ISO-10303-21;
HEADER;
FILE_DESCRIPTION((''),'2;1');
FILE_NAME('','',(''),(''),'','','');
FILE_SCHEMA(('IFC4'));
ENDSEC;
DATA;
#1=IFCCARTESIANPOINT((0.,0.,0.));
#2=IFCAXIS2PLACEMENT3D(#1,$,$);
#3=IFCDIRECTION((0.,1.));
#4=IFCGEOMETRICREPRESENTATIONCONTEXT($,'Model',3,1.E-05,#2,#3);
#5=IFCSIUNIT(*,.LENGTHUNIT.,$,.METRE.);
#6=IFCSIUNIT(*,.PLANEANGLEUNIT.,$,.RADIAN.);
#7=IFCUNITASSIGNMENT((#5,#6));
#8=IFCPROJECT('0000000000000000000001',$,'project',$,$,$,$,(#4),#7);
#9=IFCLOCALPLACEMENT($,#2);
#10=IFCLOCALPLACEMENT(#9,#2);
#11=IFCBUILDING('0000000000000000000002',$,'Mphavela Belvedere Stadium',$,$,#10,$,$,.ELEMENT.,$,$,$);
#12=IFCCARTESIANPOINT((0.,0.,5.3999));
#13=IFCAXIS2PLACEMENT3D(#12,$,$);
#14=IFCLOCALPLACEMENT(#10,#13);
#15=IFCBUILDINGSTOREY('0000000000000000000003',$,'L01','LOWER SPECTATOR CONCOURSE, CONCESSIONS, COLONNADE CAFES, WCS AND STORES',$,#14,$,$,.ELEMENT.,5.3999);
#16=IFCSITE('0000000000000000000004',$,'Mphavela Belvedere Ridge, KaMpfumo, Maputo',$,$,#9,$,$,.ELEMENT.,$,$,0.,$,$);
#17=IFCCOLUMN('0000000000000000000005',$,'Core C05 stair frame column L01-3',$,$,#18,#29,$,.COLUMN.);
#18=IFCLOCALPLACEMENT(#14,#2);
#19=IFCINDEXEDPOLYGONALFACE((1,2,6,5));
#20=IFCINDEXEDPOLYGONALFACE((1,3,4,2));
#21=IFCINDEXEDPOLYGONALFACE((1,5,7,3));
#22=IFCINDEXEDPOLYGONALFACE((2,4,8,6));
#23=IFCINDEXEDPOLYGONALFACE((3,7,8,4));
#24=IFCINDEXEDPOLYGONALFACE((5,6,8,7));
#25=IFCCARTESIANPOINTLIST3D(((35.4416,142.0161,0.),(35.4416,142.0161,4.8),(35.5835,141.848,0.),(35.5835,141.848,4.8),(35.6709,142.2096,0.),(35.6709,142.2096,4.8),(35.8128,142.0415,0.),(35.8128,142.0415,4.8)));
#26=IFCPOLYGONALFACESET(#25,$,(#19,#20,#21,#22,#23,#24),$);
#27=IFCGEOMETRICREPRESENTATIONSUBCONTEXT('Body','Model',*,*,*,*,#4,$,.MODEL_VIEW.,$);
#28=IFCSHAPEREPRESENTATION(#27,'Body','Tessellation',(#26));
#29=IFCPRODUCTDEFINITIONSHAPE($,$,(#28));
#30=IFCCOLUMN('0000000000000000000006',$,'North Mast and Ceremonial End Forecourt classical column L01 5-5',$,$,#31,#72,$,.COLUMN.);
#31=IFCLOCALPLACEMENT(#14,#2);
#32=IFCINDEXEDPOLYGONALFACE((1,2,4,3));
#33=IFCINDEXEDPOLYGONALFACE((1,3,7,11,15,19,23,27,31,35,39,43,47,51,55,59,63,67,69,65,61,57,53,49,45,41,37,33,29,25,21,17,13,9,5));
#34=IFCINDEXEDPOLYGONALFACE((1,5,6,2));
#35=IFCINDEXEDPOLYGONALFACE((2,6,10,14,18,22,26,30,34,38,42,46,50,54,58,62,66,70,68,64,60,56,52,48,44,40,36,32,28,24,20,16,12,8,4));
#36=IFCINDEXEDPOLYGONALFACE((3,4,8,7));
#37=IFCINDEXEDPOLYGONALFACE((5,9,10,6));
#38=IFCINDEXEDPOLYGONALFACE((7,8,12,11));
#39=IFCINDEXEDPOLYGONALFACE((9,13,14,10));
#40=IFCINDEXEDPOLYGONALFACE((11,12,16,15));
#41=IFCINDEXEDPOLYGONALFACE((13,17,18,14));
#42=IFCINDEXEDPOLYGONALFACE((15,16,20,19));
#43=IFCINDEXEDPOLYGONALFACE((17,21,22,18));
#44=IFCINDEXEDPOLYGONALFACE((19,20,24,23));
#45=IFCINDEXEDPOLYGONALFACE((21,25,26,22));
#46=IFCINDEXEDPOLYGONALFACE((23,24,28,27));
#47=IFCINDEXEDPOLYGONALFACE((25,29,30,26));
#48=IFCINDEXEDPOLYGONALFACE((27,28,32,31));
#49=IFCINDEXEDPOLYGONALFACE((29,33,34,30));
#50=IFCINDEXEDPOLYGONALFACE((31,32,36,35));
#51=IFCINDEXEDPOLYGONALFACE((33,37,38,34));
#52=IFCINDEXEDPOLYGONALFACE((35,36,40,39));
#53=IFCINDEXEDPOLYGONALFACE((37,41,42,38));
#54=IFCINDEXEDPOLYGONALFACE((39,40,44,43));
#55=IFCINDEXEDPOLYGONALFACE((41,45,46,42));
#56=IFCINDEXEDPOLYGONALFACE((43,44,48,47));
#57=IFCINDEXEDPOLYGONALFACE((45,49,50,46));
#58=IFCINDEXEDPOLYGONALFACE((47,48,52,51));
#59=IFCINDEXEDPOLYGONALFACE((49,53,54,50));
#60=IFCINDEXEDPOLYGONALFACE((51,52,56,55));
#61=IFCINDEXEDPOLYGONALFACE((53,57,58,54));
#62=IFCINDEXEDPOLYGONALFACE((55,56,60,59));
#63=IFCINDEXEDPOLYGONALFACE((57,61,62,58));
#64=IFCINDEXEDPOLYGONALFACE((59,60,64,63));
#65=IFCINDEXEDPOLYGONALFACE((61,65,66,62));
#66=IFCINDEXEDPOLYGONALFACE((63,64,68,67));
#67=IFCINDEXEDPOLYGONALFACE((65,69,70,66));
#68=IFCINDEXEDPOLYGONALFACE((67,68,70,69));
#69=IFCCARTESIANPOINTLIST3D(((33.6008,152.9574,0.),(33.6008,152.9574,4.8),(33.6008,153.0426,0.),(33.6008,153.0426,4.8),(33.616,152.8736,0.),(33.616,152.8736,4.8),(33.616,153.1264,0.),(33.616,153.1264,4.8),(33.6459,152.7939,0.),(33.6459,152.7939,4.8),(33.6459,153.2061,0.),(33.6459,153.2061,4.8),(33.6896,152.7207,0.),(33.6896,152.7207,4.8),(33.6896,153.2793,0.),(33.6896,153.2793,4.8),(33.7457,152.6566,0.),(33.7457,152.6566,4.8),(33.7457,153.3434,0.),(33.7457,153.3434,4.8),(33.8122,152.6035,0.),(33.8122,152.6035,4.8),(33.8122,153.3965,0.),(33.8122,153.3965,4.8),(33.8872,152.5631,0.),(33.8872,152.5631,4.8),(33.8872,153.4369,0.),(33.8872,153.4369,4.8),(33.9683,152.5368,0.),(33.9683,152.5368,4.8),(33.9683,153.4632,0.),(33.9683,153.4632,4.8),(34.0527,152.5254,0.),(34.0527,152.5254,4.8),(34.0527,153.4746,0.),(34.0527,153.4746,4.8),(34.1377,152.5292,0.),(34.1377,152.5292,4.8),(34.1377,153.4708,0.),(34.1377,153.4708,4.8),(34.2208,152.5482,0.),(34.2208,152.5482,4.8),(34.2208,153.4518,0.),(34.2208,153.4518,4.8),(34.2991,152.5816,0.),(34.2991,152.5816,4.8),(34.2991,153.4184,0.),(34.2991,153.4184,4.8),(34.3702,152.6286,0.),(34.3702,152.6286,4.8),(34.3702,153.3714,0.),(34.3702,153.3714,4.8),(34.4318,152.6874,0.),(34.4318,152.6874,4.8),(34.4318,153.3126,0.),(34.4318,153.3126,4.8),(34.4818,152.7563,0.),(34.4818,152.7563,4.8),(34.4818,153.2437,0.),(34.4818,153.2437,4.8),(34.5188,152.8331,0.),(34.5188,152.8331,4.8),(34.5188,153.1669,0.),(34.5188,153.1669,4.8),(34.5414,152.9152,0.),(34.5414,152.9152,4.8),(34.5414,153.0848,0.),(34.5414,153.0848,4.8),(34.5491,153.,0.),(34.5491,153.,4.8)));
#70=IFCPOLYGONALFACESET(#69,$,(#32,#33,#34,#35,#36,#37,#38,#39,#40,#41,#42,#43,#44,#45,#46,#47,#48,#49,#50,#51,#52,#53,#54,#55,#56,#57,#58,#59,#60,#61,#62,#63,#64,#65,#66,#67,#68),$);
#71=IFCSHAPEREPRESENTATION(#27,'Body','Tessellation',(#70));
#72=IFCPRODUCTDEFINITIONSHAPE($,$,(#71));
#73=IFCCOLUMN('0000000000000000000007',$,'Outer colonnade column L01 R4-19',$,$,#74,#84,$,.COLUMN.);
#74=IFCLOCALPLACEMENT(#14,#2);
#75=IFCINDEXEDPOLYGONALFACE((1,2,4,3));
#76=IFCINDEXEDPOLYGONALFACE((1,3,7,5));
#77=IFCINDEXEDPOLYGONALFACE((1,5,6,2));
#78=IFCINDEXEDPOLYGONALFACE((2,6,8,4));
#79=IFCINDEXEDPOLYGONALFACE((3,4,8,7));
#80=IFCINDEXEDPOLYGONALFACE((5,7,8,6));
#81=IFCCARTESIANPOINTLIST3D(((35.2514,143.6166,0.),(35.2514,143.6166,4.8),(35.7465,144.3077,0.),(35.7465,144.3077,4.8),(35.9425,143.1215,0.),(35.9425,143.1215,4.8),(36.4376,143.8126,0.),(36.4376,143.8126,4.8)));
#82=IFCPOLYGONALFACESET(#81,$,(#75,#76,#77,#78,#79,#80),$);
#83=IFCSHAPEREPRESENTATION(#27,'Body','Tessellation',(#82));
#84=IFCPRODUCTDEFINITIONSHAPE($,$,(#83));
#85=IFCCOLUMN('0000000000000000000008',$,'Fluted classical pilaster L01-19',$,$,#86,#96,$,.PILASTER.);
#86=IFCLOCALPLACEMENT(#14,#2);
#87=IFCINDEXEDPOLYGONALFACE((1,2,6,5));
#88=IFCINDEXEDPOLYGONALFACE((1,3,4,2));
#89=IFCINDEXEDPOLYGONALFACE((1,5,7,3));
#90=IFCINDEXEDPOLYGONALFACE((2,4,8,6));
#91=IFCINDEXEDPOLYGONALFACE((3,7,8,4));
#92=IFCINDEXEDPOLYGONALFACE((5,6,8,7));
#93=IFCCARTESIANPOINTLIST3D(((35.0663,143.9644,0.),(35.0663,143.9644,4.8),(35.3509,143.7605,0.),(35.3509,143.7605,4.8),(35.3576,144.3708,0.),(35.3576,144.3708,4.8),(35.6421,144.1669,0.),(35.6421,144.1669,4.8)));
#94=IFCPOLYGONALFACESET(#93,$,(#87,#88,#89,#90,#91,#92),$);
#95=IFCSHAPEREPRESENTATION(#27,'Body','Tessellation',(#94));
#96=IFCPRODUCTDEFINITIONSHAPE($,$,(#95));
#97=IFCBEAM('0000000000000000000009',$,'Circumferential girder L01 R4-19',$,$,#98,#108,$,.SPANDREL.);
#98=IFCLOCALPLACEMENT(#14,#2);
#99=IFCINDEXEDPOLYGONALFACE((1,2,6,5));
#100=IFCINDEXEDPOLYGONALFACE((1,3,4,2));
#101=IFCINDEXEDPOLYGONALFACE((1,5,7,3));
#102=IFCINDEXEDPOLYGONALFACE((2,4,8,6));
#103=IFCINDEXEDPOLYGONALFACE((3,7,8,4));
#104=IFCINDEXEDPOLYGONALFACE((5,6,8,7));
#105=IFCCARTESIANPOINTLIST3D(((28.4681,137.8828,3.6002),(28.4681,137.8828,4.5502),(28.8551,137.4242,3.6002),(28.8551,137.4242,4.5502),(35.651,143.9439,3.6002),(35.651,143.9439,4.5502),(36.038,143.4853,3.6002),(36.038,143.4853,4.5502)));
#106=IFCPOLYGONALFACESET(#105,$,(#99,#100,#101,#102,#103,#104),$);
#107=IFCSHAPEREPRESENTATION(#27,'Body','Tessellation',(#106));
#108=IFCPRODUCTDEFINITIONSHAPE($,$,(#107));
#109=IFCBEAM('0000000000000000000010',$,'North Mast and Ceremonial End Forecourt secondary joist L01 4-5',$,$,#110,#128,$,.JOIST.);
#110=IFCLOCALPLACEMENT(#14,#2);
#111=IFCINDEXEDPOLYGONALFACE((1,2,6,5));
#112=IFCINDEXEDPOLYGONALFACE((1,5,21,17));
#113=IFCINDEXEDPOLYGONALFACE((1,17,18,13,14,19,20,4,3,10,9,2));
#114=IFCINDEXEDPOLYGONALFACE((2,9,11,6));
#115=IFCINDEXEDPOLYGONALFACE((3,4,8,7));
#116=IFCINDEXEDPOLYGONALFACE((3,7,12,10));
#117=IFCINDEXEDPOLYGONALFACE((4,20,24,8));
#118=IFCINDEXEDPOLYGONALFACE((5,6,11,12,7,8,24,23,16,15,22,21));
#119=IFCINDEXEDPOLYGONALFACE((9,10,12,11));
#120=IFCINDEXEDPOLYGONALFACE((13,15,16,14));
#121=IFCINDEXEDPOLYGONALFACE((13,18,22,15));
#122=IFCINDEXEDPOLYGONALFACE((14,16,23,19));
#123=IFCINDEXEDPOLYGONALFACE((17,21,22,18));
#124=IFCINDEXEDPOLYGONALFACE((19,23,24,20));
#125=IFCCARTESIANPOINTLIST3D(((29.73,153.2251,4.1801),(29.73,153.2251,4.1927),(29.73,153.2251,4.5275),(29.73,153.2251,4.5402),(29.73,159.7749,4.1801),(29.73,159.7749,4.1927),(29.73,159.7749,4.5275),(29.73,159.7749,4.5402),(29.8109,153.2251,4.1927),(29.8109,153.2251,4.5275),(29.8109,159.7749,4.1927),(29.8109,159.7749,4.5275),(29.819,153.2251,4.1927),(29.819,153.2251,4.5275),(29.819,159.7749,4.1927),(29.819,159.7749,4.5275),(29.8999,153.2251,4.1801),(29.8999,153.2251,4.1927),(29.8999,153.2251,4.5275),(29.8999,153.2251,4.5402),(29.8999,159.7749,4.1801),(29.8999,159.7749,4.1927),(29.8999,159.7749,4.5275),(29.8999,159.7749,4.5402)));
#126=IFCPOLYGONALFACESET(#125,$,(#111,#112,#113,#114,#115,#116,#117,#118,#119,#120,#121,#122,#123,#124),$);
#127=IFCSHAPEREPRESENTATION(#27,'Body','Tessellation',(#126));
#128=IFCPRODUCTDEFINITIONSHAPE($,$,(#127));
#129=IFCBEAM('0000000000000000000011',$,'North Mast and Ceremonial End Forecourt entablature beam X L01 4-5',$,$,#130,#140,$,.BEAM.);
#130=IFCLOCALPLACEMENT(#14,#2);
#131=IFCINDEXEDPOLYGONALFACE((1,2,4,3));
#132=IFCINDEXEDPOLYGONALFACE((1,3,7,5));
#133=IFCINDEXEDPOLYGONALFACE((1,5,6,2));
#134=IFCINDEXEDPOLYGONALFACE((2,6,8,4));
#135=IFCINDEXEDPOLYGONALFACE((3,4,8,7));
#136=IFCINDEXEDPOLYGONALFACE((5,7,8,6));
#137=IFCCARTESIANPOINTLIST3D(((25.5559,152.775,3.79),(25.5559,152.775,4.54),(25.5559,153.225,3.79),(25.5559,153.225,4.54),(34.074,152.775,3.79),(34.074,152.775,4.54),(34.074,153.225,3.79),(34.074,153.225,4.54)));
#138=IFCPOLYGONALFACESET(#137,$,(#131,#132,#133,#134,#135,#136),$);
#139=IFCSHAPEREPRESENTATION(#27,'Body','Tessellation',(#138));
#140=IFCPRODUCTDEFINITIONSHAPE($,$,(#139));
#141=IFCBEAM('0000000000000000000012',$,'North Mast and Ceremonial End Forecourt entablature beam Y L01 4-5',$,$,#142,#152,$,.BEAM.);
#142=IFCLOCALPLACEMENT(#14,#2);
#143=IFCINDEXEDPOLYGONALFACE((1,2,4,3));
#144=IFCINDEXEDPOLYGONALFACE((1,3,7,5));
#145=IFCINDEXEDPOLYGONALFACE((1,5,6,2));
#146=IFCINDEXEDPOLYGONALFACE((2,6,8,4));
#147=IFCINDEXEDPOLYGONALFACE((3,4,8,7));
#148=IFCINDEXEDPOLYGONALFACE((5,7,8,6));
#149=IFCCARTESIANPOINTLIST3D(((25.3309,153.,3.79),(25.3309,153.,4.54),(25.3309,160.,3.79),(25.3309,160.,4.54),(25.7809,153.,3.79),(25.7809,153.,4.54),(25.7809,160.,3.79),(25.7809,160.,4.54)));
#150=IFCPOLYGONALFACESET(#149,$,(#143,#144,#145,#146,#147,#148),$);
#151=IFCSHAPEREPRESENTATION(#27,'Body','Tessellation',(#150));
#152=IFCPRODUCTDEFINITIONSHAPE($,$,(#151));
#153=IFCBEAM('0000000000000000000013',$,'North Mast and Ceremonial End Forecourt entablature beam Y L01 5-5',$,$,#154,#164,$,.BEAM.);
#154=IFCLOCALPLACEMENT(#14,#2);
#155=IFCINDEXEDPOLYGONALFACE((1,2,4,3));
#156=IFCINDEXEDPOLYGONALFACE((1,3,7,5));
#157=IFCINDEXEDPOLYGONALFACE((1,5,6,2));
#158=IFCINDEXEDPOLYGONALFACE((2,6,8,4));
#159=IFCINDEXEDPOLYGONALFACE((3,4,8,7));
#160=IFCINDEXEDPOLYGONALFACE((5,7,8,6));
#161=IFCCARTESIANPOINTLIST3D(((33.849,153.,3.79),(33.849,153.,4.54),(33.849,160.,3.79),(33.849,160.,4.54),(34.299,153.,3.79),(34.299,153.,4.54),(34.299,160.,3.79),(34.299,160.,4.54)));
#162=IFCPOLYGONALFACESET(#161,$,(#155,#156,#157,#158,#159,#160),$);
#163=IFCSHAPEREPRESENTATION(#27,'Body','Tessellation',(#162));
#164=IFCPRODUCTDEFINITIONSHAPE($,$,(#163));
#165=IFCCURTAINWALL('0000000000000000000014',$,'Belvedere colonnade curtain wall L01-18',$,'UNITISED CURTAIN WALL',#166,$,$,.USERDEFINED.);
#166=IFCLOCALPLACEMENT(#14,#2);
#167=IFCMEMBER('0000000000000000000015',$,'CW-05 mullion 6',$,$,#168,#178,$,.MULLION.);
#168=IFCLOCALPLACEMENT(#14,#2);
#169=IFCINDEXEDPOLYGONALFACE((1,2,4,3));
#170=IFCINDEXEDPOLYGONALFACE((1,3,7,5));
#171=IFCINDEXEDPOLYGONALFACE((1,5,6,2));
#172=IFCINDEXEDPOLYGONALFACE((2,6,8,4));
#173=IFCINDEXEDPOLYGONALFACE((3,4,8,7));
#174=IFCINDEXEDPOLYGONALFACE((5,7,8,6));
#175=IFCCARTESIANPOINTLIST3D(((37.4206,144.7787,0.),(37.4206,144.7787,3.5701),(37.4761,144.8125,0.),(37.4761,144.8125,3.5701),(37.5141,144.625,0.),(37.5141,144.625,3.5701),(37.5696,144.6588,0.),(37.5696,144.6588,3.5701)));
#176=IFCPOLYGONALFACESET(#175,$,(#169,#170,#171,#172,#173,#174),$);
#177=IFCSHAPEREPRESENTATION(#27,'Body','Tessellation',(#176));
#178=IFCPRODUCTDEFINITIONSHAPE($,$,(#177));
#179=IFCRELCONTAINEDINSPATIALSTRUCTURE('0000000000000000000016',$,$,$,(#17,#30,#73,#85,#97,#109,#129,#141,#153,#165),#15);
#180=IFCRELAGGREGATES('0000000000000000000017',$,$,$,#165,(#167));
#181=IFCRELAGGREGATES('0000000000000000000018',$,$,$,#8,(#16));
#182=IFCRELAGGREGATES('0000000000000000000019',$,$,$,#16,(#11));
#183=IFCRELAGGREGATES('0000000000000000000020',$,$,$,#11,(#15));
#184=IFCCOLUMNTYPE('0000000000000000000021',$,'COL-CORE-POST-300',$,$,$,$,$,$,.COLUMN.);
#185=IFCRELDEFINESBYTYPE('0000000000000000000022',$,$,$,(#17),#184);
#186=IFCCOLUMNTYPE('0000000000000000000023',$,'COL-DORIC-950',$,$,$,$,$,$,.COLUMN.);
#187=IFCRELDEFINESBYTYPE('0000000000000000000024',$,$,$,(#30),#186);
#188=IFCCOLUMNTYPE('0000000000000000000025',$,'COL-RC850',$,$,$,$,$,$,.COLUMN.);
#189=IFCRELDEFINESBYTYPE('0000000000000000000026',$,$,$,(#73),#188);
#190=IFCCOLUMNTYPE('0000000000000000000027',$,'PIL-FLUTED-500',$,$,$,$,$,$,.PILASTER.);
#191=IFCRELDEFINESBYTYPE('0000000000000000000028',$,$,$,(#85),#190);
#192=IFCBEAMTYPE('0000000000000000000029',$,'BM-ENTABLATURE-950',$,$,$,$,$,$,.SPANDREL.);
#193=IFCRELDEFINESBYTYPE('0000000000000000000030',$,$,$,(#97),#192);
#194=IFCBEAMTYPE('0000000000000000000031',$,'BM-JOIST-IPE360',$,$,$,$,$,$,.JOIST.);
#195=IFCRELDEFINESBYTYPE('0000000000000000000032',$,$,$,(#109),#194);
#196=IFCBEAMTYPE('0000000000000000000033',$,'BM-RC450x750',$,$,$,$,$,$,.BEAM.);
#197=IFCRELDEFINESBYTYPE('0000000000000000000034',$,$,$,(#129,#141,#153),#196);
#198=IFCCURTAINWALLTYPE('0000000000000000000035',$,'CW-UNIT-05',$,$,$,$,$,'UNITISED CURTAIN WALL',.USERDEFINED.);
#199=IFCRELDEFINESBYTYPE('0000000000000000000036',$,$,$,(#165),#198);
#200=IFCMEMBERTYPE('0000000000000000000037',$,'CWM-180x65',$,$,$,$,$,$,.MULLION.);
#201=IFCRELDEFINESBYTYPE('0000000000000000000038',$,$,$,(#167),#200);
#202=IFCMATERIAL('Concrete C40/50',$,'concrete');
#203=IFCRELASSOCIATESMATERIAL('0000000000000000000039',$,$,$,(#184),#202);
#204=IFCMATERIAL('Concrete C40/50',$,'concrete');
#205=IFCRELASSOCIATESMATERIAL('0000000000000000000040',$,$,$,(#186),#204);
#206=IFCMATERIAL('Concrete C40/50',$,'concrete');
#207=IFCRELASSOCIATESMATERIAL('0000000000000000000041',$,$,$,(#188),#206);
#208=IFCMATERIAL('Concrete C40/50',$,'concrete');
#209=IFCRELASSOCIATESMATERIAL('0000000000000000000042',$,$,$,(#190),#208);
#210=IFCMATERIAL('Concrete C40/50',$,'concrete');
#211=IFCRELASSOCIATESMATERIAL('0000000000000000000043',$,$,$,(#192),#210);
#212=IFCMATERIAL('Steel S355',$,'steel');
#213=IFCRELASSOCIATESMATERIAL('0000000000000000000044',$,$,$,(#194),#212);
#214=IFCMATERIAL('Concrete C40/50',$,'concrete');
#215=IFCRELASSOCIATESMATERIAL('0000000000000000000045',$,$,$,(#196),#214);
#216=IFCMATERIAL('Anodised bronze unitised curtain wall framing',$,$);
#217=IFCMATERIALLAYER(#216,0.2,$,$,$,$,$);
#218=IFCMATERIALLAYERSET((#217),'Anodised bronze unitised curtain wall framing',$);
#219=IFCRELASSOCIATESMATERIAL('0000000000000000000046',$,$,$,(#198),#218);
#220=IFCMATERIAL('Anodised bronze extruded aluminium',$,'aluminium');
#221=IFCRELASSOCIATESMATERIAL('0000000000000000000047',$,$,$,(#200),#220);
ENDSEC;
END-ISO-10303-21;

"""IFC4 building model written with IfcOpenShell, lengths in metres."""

from ifc_helpers import new_model, si_unit, direction, frame, origin, origin_2d, place, context, subcontext, project, spatial, rectangle, circle, i_section, extrude, material, layer, layer_set, material_profile, profile_set, type_object, element, aggregate, save


model = new_model("IFC4")

# Units and contexts
model_context = context("Model", 3, precision=1e-05, world=origin(), true_north=direction((0.0, 1.0)))
body_context = subcontext(model_context, "Body", "Model", "MODEL_VIEW")
ifc_project = project(units=[si_unit("LENGTHUNIT", "METRE"), si_unit("PLANEANGLEUNIT", "RADIAN")], contexts=[model_context])

# Site, building, storey
site_placement = place(None, origin())
site = spatial("IfcSite", under=ifc_project, at=site_placement, Name="Mphavela Belvedere Ridge, KaMpfumo, Maputo", CompositionType="ELEMENT", RefElevation=0.0)
building_placement = place(site_placement, origin())
building = spatial("IfcBuilding", under=site, at=building_placement, Name="Mphavela Belvedere Stadium", CompositionType="ELEMENT")
storey_placement = place(building_placement, frame((0.0, 0.0, 5.3999)))
storey = spatial("IfcBuildingStorey", under=building, at=storey_placement, Name="L01", Description="LOWER SPECTATOR CONCOURSE, CONCESSIONS, COLONNADE CAFES, WCS AND STORES", CompositionType="ELEMENT", Elevation=5.3999)

# Columns
ifc_material_1 = material(Name="Concrete C40/50", Category="concrete")
ifc_material_profile_1 = material_profile(ifc_material_1, rectangle(XDim=0.3, YDim=0.22, at=origin_2d()), Name="RC 300x220")
ifc_profile_set_1 = profile_set([ifc_material_profile_1], Name="Concrete C40/50")
column_type_1 = type_object("IfcColumnType", Name="COL-CORE-POST-300", PredefinedType="COLUMN", material=ifc_profile_set_1)
column_1_placement = place(storey_placement, frame((35.6272, 142.0288, 0.0), z_axis=(0.0, 0.0, 1.0), x_axis=(0.764246, 0.644924, 0.0)))
element("IfcColumn", 1, at=column_1_placement, inside=storey, type_object=column_type_1, Name="Core C05 stair frame column L01-3", PredefinedType="COLUMN", context=body_context, shape_type="SweptSolid", body=[
    extrude(rectangle(XDim=0.3, YDim=0.22, at=origin_2d()), origin(), (0.0, 0.0, 1.0), 4.8),
])
ifc_material_2 = material(Name="Concrete C40/50", Category="concrete")
ifc_material_profile_2 = material_profile(ifc_material_2, circle(Radius=0.4751, at=origin_2d()), Name="COL D950")
ifc_profile_set_2 = profile_set([ifc_material_profile_2], Name="Concrete C40/50")
column_type_2 = type_object("IfcColumnType", Name="COL-DORIC-950", PredefinedType="COLUMN", material=ifc_profile_set_2)
column_2_placement = place(storey_placement, frame((34.074, 153.0, 0.0), z_axis=(0.0, 0.0, 1.0), x_axis=(1.0, 0.0, 0.0)))
element("IfcColumn", 2, at=column_2_placement, inside=storey, type_object=column_type_2, Name="North Mast and Ceremonial End Forecourt classical column L01 5-5", PredefinedType="COLUMN", context=body_context, shape_type="SweptSolid", body=[
    extrude(circle(Radius=0.4751, at=origin_2d()), origin(), (0.0, 0.0, 1.0), 4.8),
])
ifc_material_3 = material(Name="Concrete C40/50", Category="concrete")
ifc_material_profile_3 = material_profile(ifc_material_3, rectangle(XDim=0.8501, YDim=0.8501, at=origin_2d()), Name="RC 850x850")
ifc_profile_set_3 = profile_set([ifc_material_profile_3], Name="Concrete C40/50")
column_type_3 = type_object("IfcColumnType", Name="COL-RC850", PredefinedType="COLUMN", material=ifc_profile_set_3)
column_3_placement = place(storey_placement, frame((35.8445, 143.7146, 0.0), z_axis=(0.0, 0.0, 1.0), x_axis=(-0.812898, 0.582407, 0.0)))
element("IfcColumn", 3, at=column_3_placement, inside=storey, type_object=column_type_3, Name="Outer colonnade column L01 R4-19", PredefinedType="COLUMN", context=body_context, shape_type="SweptSolid", body=[
    extrude(rectangle(XDim=0.8501, YDim=0.8501, at=origin_2d()), origin(), (0.0, 0.0, 1.0), 4.8),
])
ifc_material_4 = material(Name="Concrete C40/50", Category="concrete")
ifc_material_profile_4 = material_profile(ifc_material_4, rectangle(XDim=0.5, YDim=0.3501, at=origin_2d()), Name="PIL 500x350")
ifc_profile_set_4 = profile_set([ifc_material_profile_4], Name="Concrete C40/50")
column_type_4 = type_object("IfcColumnType", Name="PIL-FLUTED-500", PredefinedType="PILASTER", material=ifc_profile_set_4)
column_4_placement = place(storey_placement, frame((35.3542, 144.0657, 0.0), z_axis=(0.0, 0.0, 1.0), x_axis=(-0.582407, -0.812898, 0.0)))
element("IfcColumn", 4, at=column_4_placement, inside=storey, type_object=column_type_4, Name="Fluted classical pilaster L01-19", PredefinedType="PILASTER", context=body_context, shape_type="SweptSolid", body=[
    extrude(rectangle(XDim=0.5, YDim=0.3501, at=origin_2d()), origin(), (0.0, 0.0, 1.0), 4.8),
])

# Beams
ifc_material_5 = material(Name="Concrete C40/50", Category="concrete")
ifc_material_profile_5 = material_profile(ifc_material_5, rectangle(XDim=0.6001, YDim=0.95, at=origin_2d()), Name="RC 600x950")
ifc_profile_set_5 = profile_set([ifc_material_profile_5], Name="Concrete C40/50")
beam_type_1 = type_object("IfcBeamType", Name="BM-ENTABLATURE-950", PredefinedType="SPANDREL", material=ifc_profile_set_5)
beam_1_placement = place(storey_placement, frame((35.8445, 143.7146, 4.0752), z_axis=(-0.764265, -0.644902, 0.0), x_axis=(0.644902, -0.764265, 0.0)))
element("IfcBeam", 5, at=beam_1_placement, inside=storey, type_object=beam_type_1, Name="Circumferential girder L01 R4-19", PredefinedType="SPANDREL", context=body_context, shape_type="SweptSolid", body=[
    extrude(rectangle(XDim=0.6001, YDim=0.95, at=origin_2d()), origin(), (0.0, 0.0, 1.0), 9.3984),
])
ifc_material_6 = material(Name="Steel S355", Category="steel")
ifc_material_profile_6 = material_profile(ifc_material_6, i_section(OverallWidth=0.1699, OverallDepth=0.3601, WebThickness=0.0081, FlangeThickness=0.0127, at=origin_2d()), Name="IPE 360")
ifc_profile_set_6 = profile_set([ifc_material_profile_6], Name="Steel S355")
beam_type_2 = type_object("IfcBeamType", Name="BM-JOIST-IPE360", PredefinedType="JOIST", material=ifc_profile_set_6)
beam_2_placement = place(storey_placement, frame((29.8149, 153.2251, 4.3601), z_axis=(0.0, 1.0, 0.0), x_axis=(-1.0, 0.0, 0.0)))
element("IfcBeam", 6, at=beam_2_placement, inside=storey, type_object=beam_type_2, Name="North Mast and Ceremonial End Forecourt secondary joist L01 4-5", PredefinedType="JOIST", context=body_context, shape_type="SweptSolid", body=[
    extrude(i_section(OverallWidth=0.1699, OverallDepth=0.3601, WebThickness=0.0081, FlangeThickness=0.0127, at=origin_2d()), origin(), (0.0, 0.0, 1.0), 6.5498),
])
ifc_material_7 = material(Name="Concrete C40/50", Category="concrete")
ifc_material_profile_7 = material_profile(ifc_material_7, rectangle(XDim=0.45, YDim=0.75, at=origin_2d()), Name="RC 450x750")
ifc_profile_set_7 = profile_set([ifc_material_profile_7], Name="Concrete C40/50")
beam_type_3 = type_object("IfcBeamType", Name="BM-RC450x750", PredefinedType="BEAM", material=ifc_profile_set_7)
beam_3_placement = place(storey_placement, frame((25.5559, 153.0, 4.165), z_axis=(1.0, 0.0, 0.0), x_axis=(0.0, 1.0, 0.0)))
element("IfcBeam", 7, at=beam_3_placement, inside=storey, type_object=beam_type_3, Name="North Mast and Ceremonial End Forecourt entablature beam X L01 4-5", PredefinedType="BEAM", context=body_context, shape_type="SweptSolid", body=[
    extrude(rectangle(XDim=0.45, YDim=0.75, at=origin_2d()), origin(), (0.0, 0.0, 1.0), 8.5181),
])
for number, where, z_axis, x_axis, name in (
    (8, (25.5559, 153.0, 4.165), (0.0, 1.0, 0.0), (-1.0, 0.0, 0.0), "North Mast and Ceremonial End Forecourt entablature beam Y L01 4-5"),
    (9, (34.074, 153.0, 4.165), (0.0, 1.0, 0.0), (-1.0, 0.0, 0.0), "North Mast and Ceremonial End Forecourt entablature beam Y L01 5-5"),
):
    element("IfcBeam", number, at=place(storey_placement, frame(where, z_axis=z_axis, x_axis=x_axis)), inside=storey, type_object=beam_type_3, Name=name, PredefinedType="BEAM", context=body_context, shape_type="SweptSolid", body=[
        extrude(rectangle(XDim=0.45, YDim=0.75, at=origin_2d()), origin(), (0.0, 0.0, 1.0), 7.0),
    ])

# Curtain wall, member
ifc_material_8 = material(Name="Anodised bronze unitised curtain wall framing")
ifc_layer_1 = layer(ifc_material_8, 0.2)
ifc_layer_set_1 = layer_set([ifc_layer_1], Name="Anodised bronze unitised curtain wall framing")
curtain_wall_type_1 = type_object("IfcCurtainWallType", Name="CW-UNIT-05", ElementType="UNITISED CURTAIN WALL", PredefinedType="USERDEFINED", material=ifc_layer_set_1)
curtain_wall_1_placement = place(storey_placement, origin())
curtain_wall_1 = element("IfcCurtainWall", 10, at=curtain_wall_1_placement, inside=storey, type_object=curtain_wall_type_1, Name="Belvedere colonnade curtain wall L01-18", ObjectType="UNITISED CURTAIN WALL", PredefinedType="USERDEFINED")
ifc_material_9 = material(Name="Anodised bronze extruded aluminium", Category="aluminium")
ifc_material_profile_8 = material_profile(ifc_material_9, rectangle(XDim=0.1799, YDim=0.0649, at=origin_2d()), Name="CW-MUL 180x65")
ifc_profile_set_8 = profile_set([ifc_material_profile_8], Name="Anodised bronze extruded aluminium")
member_type_1 = type_object("IfcMemberType", Name="CWM-180x65", PredefinedType="MULLION", material=ifc_profile_set_8)
member_1_placement = place(storey_placement, frame((37.4951, 144.7188, 0.0), z_axis=(0.0, 0.0, 1.0), x_axis=(0.519735, -0.854328, 0.0)))
member_1 = element("IfcMember", 11, at=member_1_placement, type_object=member_type_1, Name="CW-05 mullion 6", PredefinedType="MULLION", context=body_context, shape_type="SweptSolid", body=[
    extrude(rectangle(XDim=0.1799, YDim=0.0649, at=origin_2d()), origin(), (0.0, 0.0, 1.0), 3.5701),
])

aggregate(curtain_wall_1, [member_1])

save(model, "model.ifc")
